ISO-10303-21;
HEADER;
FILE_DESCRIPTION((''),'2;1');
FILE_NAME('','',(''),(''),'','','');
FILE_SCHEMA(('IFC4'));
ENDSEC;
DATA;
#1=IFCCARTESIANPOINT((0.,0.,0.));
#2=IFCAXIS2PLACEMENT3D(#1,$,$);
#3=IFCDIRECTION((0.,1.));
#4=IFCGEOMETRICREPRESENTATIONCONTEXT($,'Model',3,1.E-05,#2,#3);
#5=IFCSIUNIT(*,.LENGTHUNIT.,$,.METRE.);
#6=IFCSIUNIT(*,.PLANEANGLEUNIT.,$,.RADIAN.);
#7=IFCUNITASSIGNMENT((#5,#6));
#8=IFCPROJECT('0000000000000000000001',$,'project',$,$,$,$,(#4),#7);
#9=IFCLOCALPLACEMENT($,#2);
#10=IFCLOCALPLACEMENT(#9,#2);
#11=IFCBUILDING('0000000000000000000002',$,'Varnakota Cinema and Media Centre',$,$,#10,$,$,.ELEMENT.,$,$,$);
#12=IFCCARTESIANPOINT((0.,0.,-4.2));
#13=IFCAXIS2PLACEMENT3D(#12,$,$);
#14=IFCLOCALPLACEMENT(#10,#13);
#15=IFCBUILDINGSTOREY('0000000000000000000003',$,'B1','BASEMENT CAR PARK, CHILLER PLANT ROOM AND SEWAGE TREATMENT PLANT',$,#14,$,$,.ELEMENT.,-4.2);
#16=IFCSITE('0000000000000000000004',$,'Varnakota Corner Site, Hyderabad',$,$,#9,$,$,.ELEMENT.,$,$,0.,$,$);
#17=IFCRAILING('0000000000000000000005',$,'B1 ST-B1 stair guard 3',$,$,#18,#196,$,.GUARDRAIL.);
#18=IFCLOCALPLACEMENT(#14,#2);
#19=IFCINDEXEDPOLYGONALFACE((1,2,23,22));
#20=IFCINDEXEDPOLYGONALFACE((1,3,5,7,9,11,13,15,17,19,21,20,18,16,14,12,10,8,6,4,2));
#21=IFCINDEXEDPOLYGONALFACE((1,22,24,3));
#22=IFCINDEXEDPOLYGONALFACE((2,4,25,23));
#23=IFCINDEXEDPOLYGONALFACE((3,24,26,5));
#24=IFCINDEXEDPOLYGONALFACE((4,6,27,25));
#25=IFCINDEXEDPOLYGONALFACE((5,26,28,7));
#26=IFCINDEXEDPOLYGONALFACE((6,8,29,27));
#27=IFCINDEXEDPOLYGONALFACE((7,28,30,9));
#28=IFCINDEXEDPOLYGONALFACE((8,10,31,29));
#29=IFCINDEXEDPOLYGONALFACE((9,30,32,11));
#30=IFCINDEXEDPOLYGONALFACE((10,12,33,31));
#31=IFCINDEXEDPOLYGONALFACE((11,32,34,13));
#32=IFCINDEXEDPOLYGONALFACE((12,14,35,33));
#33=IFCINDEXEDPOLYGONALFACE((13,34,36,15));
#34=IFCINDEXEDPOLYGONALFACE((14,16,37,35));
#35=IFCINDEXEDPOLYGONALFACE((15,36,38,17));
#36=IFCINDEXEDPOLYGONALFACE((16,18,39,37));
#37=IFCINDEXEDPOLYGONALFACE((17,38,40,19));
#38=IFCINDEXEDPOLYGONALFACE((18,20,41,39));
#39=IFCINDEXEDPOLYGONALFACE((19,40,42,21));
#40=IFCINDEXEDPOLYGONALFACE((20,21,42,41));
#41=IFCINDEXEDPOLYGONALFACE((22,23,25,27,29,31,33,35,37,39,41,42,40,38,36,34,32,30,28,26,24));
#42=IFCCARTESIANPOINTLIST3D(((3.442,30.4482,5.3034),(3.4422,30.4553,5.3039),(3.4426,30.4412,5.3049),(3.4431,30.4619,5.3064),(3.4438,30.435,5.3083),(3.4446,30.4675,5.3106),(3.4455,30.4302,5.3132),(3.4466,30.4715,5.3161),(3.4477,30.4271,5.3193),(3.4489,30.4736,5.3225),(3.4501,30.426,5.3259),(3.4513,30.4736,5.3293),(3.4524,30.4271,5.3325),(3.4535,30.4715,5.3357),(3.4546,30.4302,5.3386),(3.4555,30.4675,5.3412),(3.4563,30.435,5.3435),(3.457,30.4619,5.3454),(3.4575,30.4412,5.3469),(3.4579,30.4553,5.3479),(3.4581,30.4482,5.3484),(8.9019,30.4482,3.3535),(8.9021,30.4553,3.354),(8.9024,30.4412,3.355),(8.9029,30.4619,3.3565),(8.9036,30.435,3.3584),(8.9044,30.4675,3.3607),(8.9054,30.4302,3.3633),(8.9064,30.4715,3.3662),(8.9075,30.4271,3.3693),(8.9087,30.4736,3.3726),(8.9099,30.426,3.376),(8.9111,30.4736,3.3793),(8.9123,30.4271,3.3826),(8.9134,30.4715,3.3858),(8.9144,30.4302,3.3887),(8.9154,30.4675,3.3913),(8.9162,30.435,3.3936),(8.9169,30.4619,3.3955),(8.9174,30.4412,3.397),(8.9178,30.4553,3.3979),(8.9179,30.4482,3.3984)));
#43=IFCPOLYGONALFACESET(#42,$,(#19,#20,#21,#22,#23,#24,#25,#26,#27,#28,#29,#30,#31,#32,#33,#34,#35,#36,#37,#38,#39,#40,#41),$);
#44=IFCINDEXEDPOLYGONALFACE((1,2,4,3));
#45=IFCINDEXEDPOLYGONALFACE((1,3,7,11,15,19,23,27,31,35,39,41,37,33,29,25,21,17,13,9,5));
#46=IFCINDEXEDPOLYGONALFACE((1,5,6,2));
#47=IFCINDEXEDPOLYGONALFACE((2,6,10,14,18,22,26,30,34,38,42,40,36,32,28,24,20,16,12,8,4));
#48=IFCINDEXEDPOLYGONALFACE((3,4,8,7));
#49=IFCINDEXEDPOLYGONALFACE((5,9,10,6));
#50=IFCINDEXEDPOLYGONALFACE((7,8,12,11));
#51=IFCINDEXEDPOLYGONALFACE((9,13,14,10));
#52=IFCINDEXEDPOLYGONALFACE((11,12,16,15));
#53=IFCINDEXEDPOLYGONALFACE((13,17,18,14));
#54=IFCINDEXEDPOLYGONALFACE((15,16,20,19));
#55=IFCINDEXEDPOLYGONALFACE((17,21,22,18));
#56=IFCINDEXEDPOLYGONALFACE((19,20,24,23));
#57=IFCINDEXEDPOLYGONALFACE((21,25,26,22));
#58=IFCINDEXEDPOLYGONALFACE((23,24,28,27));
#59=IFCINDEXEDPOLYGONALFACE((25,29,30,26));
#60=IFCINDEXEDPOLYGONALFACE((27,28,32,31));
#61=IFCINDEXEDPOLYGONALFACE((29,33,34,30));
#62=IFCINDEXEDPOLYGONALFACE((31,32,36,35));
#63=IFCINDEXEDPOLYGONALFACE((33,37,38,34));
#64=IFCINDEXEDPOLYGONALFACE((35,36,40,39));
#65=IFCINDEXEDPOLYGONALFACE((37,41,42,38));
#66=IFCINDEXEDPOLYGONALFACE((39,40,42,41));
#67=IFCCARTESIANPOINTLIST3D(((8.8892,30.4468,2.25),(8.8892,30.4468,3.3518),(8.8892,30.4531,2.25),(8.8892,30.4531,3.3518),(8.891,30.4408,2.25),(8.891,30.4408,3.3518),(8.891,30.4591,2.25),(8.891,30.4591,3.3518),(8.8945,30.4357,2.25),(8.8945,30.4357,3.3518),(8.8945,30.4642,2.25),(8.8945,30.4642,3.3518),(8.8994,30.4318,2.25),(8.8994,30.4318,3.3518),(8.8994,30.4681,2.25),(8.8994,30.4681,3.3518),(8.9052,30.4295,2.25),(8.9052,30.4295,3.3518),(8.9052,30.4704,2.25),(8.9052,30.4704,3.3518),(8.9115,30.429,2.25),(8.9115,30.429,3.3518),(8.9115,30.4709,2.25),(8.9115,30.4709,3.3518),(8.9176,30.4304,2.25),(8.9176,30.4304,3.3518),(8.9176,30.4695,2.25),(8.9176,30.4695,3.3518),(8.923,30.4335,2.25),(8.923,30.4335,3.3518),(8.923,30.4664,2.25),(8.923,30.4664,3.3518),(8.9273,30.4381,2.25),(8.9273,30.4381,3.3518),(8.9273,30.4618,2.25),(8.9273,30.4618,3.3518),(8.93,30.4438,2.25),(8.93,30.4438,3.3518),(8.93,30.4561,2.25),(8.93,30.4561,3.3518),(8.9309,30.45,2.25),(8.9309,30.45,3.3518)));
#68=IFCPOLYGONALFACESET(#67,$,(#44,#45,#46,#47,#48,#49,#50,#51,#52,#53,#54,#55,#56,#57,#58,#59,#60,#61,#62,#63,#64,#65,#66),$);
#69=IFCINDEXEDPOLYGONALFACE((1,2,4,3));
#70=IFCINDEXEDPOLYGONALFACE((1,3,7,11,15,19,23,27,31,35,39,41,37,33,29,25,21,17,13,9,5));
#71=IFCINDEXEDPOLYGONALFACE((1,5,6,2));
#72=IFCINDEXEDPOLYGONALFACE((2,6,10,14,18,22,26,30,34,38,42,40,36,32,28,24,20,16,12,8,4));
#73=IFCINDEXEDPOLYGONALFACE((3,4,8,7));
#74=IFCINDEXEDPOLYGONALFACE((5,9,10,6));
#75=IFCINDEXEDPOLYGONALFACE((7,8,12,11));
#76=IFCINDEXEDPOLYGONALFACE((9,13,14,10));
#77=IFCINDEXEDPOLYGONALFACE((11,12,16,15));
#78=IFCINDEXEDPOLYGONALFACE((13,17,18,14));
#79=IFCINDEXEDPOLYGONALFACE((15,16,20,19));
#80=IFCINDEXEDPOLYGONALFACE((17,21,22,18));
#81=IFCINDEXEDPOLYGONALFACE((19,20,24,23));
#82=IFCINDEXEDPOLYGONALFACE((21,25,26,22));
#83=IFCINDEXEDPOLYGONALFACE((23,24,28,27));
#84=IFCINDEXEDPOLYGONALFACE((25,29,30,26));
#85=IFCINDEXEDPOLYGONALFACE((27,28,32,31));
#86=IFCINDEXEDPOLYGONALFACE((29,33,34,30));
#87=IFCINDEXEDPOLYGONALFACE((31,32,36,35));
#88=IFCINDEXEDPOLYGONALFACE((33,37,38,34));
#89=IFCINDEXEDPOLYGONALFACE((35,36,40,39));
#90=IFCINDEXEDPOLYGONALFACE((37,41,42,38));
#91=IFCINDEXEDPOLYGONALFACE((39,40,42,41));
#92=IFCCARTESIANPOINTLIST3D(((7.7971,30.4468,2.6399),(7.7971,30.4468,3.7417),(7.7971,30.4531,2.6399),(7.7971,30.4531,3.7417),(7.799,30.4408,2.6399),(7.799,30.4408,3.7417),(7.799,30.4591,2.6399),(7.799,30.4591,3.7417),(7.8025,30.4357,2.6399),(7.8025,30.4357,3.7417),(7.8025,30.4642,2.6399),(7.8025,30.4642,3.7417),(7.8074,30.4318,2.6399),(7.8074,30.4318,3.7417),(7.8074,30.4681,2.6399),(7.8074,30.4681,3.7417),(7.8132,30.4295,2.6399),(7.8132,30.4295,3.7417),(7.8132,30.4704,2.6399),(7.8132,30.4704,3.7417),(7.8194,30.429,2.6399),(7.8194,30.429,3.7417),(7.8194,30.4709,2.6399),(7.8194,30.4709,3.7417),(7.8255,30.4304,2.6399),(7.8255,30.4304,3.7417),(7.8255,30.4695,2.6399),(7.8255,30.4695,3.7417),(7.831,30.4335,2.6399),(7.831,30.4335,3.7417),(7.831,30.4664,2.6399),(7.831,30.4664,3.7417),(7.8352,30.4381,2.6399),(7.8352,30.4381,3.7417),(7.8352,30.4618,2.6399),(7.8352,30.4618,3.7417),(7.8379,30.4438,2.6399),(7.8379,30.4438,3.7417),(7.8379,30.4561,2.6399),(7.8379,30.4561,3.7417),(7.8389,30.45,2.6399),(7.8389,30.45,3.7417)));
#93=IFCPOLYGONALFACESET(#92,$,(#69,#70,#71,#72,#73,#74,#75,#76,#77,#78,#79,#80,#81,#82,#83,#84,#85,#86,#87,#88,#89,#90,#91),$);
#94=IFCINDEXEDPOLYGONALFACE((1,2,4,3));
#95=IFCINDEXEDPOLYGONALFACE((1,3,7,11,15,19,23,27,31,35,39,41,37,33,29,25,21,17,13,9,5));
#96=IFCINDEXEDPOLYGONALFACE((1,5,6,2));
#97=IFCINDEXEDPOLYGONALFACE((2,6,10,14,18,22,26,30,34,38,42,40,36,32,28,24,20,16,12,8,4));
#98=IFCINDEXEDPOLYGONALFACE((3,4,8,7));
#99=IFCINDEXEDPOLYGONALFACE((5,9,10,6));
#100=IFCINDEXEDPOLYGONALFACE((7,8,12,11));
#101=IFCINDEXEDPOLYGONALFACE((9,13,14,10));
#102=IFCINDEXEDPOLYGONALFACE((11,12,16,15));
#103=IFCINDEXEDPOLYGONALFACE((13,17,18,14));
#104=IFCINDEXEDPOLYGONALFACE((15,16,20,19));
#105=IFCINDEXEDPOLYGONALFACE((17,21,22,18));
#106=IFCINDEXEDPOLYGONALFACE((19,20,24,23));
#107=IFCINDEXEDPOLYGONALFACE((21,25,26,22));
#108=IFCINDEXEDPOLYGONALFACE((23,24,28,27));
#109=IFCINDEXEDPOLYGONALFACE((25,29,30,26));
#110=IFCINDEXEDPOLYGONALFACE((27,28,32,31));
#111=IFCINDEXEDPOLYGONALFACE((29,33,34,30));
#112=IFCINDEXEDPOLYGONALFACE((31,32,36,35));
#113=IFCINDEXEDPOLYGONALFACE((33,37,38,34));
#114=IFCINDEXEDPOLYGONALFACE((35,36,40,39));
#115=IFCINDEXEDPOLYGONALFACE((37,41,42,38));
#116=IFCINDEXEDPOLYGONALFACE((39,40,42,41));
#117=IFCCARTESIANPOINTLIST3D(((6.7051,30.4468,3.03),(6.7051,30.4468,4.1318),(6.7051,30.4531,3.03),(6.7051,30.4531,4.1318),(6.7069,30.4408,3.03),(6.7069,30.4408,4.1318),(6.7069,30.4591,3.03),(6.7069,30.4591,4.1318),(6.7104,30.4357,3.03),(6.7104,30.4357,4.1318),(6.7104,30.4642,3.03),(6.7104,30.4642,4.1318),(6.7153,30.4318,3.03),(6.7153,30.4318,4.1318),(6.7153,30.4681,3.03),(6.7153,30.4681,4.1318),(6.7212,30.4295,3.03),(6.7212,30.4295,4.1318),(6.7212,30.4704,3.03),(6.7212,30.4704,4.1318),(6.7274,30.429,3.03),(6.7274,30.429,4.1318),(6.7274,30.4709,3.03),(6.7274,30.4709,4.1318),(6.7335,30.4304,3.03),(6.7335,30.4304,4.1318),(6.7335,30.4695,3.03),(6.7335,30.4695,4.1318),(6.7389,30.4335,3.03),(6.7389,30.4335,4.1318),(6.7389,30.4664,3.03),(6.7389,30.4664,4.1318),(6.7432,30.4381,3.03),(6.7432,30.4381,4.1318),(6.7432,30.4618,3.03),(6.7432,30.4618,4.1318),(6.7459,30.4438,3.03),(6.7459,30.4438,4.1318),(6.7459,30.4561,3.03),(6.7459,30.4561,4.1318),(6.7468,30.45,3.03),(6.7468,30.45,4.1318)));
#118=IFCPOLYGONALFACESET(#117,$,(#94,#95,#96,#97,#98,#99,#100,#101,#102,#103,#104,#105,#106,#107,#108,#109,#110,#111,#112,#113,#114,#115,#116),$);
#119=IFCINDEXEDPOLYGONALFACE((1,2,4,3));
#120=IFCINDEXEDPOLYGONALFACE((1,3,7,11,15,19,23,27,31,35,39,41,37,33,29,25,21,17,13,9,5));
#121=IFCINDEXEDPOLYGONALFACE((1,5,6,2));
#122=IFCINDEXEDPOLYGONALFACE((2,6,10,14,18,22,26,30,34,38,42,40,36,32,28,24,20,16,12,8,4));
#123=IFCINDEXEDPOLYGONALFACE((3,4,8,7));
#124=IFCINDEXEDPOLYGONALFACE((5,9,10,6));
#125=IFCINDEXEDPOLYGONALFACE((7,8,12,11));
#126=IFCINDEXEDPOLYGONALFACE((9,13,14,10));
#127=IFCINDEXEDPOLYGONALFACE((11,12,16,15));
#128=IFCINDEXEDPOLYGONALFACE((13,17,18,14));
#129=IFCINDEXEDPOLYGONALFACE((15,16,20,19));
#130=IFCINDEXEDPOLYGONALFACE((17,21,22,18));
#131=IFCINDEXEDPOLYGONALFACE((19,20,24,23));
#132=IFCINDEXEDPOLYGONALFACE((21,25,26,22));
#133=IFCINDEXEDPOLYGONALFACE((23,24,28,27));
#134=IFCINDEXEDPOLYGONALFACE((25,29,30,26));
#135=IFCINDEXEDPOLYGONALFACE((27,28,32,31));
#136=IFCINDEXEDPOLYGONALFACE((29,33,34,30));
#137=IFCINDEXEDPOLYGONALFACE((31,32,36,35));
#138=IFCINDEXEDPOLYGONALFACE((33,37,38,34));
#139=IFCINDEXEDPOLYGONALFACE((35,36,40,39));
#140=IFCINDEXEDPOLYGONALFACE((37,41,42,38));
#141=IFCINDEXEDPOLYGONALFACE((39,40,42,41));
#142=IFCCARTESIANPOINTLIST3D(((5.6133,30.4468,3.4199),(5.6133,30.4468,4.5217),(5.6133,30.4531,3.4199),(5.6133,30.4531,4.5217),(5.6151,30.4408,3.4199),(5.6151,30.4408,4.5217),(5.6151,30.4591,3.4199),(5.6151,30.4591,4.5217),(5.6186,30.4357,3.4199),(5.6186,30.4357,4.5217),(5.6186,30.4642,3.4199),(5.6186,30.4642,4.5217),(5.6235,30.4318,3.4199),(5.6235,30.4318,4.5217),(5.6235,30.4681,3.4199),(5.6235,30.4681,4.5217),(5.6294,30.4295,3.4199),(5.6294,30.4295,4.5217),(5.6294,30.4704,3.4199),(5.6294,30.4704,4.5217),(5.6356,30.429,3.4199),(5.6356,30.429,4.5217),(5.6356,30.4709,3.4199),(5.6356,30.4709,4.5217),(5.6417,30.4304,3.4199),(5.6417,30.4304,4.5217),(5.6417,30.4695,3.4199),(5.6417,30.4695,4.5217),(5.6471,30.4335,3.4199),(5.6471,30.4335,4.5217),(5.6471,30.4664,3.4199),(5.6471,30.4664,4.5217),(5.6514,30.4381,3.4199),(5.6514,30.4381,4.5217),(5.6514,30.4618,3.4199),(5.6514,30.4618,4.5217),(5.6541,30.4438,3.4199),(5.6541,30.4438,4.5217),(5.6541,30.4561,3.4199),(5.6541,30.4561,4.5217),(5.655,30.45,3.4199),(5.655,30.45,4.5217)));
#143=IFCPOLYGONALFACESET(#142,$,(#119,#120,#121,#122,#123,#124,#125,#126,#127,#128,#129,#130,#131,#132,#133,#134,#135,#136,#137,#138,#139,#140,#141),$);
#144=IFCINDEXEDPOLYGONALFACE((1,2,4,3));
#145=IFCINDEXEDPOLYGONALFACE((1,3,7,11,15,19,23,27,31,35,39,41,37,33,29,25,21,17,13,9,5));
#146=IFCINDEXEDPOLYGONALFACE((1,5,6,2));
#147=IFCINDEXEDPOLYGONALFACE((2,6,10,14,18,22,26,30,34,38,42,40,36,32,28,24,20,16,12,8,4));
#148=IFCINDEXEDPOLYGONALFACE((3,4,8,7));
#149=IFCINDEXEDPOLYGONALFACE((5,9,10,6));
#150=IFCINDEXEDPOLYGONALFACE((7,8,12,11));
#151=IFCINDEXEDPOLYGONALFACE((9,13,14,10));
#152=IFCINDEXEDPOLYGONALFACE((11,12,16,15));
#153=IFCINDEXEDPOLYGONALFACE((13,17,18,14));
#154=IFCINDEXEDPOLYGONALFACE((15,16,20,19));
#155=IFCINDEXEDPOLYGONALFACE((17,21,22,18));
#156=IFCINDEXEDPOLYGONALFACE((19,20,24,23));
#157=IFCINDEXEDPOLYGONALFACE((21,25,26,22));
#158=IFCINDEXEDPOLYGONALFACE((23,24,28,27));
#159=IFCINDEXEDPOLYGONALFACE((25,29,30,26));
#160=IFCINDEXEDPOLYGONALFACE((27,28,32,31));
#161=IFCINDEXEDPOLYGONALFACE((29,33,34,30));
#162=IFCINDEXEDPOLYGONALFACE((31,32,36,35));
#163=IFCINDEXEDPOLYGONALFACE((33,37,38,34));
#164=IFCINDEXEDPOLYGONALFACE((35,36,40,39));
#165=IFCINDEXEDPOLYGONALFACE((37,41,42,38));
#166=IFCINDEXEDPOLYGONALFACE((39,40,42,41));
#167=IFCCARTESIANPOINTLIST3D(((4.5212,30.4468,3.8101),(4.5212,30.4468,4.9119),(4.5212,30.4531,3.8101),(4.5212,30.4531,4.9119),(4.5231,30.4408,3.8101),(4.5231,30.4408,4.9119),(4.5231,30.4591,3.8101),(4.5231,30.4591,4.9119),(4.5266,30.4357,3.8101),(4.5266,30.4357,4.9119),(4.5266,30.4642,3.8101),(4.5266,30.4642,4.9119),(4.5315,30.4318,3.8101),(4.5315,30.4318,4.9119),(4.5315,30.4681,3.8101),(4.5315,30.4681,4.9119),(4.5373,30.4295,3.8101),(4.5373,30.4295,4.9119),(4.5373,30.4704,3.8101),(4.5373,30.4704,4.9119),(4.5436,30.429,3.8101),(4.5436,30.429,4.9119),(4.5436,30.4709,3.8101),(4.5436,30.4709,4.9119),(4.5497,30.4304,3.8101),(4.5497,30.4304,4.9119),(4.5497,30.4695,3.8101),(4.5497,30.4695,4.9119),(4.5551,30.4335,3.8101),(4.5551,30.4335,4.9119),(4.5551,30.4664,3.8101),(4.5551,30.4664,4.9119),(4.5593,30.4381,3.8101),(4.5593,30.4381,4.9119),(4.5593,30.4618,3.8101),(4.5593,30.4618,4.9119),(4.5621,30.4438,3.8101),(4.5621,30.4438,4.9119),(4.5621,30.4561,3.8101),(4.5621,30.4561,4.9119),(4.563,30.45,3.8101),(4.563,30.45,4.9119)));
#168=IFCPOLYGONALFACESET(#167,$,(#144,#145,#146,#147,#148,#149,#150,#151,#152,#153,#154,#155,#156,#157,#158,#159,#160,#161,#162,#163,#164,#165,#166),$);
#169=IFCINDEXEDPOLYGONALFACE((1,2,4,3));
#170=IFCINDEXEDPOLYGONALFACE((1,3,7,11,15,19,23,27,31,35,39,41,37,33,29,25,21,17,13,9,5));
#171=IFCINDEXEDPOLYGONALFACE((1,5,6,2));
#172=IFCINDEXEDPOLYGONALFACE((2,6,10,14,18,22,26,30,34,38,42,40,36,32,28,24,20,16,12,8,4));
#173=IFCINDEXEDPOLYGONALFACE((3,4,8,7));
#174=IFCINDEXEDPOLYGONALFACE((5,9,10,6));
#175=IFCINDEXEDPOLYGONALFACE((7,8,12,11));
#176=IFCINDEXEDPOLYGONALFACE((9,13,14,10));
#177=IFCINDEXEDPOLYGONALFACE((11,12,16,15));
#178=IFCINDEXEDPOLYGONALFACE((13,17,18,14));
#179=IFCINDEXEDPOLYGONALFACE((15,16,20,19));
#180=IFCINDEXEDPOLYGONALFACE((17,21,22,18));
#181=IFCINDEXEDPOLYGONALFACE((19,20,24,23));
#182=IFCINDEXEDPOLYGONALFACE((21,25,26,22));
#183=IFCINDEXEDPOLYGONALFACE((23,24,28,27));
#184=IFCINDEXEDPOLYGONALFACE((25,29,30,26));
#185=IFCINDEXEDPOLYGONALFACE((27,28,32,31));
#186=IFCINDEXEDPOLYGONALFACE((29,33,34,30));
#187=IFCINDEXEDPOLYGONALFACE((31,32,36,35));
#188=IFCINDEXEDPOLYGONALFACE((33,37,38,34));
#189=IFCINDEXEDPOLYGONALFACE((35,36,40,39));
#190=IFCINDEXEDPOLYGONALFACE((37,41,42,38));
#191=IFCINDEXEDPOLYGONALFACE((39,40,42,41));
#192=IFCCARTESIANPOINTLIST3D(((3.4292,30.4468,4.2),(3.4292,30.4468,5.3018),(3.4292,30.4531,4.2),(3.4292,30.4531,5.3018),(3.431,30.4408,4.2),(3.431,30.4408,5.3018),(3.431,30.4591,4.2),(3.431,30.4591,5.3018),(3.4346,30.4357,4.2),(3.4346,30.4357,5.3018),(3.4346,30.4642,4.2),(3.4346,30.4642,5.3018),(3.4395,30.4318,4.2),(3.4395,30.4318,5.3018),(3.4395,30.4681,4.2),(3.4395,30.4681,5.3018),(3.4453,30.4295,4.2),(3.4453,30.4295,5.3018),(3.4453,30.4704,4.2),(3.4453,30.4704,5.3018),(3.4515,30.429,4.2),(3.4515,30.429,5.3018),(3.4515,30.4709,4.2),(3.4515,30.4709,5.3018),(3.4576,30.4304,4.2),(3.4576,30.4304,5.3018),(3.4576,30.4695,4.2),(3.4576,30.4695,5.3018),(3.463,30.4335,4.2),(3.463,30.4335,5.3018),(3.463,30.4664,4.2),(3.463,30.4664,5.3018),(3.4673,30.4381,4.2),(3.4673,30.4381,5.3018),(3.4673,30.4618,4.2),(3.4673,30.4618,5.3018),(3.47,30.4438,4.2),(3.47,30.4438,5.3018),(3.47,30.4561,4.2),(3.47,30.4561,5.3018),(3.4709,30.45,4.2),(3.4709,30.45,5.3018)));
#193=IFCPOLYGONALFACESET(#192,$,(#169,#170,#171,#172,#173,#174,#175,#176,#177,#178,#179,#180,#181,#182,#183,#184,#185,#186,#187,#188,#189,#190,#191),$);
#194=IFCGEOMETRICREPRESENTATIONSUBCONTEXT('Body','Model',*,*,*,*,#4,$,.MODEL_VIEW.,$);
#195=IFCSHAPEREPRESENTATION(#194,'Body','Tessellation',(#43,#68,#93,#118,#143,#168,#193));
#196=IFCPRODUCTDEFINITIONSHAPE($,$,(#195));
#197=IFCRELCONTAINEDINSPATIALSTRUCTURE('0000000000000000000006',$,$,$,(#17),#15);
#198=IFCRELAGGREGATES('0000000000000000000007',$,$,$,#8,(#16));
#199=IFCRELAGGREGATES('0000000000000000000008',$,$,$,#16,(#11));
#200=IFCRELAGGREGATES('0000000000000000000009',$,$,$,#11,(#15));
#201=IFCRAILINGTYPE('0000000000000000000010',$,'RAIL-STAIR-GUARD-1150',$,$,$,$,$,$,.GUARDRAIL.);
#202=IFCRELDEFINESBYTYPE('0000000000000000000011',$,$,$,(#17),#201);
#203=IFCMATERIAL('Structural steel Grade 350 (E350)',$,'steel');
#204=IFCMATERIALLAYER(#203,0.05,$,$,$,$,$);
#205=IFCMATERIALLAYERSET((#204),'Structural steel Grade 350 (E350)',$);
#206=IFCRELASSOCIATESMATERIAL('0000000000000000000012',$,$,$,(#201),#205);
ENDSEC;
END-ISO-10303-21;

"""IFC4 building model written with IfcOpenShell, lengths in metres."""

from ifc_helpers import new_model, si_unit, direction, frame, origin, origin_2d, place, context, subcontext, project, spatial, circle, extrude, material, layer, layer_set, type_object, element, save


model = new_model("IFC4")

# Units and contexts
model_context = context("Model", 3, precision=1e-05, world=origin(), true_north=direction((0.0, 1.0)))
body_context = subcontext(model_context, "Body", "Model", "MODEL_VIEW")
ifc_project = project(units=[si_unit("LENGTHUNIT", "METRE"), si_unit("PLANEANGLEUNIT", "RADIAN")], contexts=[model_context])

# Site, building, storey
site_placement = place(None, origin())
site = spatial("IfcSite", under=ifc_project, at=site_placement, Name="Varnakota Corner Site, Hyderabad", CompositionType="ELEMENT", RefElevation=0.0)
building_placement = place(site_placement, origin())
building = spatial("IfcBuilding", under=site, at=building_placement, Name="Varnakota Cinema and Media Centre", CompositionType="ELEMENT")
storey_placement = place(building_placement, frame((0.0, 0.0, -4.2)))
storey = spatial("IfcBuildingStorey", under=building, at=storey_placement, Name="B1", Description="BASEMENT CAR PARK, CHILLER PLANT ROOM AND SEWAGE TREATMENT PLANT", CompositionType="ELEMENT", Elevation=-4.2)

# Railing
ifc_material_1 = material(Name="Structural steel Grade 350 (E350)", Category="steel")
ifc_layer_1 = layer(ifc_material_1, 0.05)
ifc_layer_set_1 = layer_set([ifc_layer_1], Name="Structural steel Grade 350 (E350)")
railing_type_1 = type_object("IfcRailingType", Name="RAIL-STAIR-GUARD-1150", PredefinedType="GUARDRAIL", material=ifc_layer_set_1)
railing_1_placement = place(storey_placement, frame((8.9099, 30.45, 2.25)))
element("IfcRailing", 1, at=railing_1_placement, inside=storey, type_object=railing_type_1, Name="B1 ST-B1 stair guard 3", PredefinedType="GUARDRAIL", context=body_context, shape_type="SweptSolid", body=[
    extrude(circle(Radius=0.0239, at=origin_2d()), frame((0.0, 0.0, 1.126), z_axis=(-0.941744, 0.0, 0.336331), x_axis=(0.0, -1.0, 0.0)), (0.0, 0.0, 1.0), 5.7976),
    extrude(circle(Radius=0.021, at=origin_2d()), origin(), (0.0, 0.0, 1.0), 1.1018),
    extrude(circle(Radius=0.021, at=origin_2d()), frame((-1.092, 0.0, 0.3899)), (0.0, 0.0, 1.0), 1.1018),
    extrude(circle(Radius=0.021, at=origin_2d()), frame((-2.1841, 0.0, 0.78)), (0.0, 0.0, 1.0), 1.1018),
    extrude(circle(Radius=0.021, at=origin_2d()), frame((-3.2759, 0.0, 1.1699)), (0.0, 0.0, 1.0), 1.1018),
    extrude(circle(Radius=0.021, at=origin_2d()), frame((-4.3679, 0.0, 1.5601)), (0.0, 0.0, 1.0), 1.1018),
    extrude(circle(Radius=0.021, at=origin_2d()), frame((-5.46, 0.0, 1.95)), (0.0, 0.0, 1.0), 1.1018),
])

save(model, "model.ifc")
